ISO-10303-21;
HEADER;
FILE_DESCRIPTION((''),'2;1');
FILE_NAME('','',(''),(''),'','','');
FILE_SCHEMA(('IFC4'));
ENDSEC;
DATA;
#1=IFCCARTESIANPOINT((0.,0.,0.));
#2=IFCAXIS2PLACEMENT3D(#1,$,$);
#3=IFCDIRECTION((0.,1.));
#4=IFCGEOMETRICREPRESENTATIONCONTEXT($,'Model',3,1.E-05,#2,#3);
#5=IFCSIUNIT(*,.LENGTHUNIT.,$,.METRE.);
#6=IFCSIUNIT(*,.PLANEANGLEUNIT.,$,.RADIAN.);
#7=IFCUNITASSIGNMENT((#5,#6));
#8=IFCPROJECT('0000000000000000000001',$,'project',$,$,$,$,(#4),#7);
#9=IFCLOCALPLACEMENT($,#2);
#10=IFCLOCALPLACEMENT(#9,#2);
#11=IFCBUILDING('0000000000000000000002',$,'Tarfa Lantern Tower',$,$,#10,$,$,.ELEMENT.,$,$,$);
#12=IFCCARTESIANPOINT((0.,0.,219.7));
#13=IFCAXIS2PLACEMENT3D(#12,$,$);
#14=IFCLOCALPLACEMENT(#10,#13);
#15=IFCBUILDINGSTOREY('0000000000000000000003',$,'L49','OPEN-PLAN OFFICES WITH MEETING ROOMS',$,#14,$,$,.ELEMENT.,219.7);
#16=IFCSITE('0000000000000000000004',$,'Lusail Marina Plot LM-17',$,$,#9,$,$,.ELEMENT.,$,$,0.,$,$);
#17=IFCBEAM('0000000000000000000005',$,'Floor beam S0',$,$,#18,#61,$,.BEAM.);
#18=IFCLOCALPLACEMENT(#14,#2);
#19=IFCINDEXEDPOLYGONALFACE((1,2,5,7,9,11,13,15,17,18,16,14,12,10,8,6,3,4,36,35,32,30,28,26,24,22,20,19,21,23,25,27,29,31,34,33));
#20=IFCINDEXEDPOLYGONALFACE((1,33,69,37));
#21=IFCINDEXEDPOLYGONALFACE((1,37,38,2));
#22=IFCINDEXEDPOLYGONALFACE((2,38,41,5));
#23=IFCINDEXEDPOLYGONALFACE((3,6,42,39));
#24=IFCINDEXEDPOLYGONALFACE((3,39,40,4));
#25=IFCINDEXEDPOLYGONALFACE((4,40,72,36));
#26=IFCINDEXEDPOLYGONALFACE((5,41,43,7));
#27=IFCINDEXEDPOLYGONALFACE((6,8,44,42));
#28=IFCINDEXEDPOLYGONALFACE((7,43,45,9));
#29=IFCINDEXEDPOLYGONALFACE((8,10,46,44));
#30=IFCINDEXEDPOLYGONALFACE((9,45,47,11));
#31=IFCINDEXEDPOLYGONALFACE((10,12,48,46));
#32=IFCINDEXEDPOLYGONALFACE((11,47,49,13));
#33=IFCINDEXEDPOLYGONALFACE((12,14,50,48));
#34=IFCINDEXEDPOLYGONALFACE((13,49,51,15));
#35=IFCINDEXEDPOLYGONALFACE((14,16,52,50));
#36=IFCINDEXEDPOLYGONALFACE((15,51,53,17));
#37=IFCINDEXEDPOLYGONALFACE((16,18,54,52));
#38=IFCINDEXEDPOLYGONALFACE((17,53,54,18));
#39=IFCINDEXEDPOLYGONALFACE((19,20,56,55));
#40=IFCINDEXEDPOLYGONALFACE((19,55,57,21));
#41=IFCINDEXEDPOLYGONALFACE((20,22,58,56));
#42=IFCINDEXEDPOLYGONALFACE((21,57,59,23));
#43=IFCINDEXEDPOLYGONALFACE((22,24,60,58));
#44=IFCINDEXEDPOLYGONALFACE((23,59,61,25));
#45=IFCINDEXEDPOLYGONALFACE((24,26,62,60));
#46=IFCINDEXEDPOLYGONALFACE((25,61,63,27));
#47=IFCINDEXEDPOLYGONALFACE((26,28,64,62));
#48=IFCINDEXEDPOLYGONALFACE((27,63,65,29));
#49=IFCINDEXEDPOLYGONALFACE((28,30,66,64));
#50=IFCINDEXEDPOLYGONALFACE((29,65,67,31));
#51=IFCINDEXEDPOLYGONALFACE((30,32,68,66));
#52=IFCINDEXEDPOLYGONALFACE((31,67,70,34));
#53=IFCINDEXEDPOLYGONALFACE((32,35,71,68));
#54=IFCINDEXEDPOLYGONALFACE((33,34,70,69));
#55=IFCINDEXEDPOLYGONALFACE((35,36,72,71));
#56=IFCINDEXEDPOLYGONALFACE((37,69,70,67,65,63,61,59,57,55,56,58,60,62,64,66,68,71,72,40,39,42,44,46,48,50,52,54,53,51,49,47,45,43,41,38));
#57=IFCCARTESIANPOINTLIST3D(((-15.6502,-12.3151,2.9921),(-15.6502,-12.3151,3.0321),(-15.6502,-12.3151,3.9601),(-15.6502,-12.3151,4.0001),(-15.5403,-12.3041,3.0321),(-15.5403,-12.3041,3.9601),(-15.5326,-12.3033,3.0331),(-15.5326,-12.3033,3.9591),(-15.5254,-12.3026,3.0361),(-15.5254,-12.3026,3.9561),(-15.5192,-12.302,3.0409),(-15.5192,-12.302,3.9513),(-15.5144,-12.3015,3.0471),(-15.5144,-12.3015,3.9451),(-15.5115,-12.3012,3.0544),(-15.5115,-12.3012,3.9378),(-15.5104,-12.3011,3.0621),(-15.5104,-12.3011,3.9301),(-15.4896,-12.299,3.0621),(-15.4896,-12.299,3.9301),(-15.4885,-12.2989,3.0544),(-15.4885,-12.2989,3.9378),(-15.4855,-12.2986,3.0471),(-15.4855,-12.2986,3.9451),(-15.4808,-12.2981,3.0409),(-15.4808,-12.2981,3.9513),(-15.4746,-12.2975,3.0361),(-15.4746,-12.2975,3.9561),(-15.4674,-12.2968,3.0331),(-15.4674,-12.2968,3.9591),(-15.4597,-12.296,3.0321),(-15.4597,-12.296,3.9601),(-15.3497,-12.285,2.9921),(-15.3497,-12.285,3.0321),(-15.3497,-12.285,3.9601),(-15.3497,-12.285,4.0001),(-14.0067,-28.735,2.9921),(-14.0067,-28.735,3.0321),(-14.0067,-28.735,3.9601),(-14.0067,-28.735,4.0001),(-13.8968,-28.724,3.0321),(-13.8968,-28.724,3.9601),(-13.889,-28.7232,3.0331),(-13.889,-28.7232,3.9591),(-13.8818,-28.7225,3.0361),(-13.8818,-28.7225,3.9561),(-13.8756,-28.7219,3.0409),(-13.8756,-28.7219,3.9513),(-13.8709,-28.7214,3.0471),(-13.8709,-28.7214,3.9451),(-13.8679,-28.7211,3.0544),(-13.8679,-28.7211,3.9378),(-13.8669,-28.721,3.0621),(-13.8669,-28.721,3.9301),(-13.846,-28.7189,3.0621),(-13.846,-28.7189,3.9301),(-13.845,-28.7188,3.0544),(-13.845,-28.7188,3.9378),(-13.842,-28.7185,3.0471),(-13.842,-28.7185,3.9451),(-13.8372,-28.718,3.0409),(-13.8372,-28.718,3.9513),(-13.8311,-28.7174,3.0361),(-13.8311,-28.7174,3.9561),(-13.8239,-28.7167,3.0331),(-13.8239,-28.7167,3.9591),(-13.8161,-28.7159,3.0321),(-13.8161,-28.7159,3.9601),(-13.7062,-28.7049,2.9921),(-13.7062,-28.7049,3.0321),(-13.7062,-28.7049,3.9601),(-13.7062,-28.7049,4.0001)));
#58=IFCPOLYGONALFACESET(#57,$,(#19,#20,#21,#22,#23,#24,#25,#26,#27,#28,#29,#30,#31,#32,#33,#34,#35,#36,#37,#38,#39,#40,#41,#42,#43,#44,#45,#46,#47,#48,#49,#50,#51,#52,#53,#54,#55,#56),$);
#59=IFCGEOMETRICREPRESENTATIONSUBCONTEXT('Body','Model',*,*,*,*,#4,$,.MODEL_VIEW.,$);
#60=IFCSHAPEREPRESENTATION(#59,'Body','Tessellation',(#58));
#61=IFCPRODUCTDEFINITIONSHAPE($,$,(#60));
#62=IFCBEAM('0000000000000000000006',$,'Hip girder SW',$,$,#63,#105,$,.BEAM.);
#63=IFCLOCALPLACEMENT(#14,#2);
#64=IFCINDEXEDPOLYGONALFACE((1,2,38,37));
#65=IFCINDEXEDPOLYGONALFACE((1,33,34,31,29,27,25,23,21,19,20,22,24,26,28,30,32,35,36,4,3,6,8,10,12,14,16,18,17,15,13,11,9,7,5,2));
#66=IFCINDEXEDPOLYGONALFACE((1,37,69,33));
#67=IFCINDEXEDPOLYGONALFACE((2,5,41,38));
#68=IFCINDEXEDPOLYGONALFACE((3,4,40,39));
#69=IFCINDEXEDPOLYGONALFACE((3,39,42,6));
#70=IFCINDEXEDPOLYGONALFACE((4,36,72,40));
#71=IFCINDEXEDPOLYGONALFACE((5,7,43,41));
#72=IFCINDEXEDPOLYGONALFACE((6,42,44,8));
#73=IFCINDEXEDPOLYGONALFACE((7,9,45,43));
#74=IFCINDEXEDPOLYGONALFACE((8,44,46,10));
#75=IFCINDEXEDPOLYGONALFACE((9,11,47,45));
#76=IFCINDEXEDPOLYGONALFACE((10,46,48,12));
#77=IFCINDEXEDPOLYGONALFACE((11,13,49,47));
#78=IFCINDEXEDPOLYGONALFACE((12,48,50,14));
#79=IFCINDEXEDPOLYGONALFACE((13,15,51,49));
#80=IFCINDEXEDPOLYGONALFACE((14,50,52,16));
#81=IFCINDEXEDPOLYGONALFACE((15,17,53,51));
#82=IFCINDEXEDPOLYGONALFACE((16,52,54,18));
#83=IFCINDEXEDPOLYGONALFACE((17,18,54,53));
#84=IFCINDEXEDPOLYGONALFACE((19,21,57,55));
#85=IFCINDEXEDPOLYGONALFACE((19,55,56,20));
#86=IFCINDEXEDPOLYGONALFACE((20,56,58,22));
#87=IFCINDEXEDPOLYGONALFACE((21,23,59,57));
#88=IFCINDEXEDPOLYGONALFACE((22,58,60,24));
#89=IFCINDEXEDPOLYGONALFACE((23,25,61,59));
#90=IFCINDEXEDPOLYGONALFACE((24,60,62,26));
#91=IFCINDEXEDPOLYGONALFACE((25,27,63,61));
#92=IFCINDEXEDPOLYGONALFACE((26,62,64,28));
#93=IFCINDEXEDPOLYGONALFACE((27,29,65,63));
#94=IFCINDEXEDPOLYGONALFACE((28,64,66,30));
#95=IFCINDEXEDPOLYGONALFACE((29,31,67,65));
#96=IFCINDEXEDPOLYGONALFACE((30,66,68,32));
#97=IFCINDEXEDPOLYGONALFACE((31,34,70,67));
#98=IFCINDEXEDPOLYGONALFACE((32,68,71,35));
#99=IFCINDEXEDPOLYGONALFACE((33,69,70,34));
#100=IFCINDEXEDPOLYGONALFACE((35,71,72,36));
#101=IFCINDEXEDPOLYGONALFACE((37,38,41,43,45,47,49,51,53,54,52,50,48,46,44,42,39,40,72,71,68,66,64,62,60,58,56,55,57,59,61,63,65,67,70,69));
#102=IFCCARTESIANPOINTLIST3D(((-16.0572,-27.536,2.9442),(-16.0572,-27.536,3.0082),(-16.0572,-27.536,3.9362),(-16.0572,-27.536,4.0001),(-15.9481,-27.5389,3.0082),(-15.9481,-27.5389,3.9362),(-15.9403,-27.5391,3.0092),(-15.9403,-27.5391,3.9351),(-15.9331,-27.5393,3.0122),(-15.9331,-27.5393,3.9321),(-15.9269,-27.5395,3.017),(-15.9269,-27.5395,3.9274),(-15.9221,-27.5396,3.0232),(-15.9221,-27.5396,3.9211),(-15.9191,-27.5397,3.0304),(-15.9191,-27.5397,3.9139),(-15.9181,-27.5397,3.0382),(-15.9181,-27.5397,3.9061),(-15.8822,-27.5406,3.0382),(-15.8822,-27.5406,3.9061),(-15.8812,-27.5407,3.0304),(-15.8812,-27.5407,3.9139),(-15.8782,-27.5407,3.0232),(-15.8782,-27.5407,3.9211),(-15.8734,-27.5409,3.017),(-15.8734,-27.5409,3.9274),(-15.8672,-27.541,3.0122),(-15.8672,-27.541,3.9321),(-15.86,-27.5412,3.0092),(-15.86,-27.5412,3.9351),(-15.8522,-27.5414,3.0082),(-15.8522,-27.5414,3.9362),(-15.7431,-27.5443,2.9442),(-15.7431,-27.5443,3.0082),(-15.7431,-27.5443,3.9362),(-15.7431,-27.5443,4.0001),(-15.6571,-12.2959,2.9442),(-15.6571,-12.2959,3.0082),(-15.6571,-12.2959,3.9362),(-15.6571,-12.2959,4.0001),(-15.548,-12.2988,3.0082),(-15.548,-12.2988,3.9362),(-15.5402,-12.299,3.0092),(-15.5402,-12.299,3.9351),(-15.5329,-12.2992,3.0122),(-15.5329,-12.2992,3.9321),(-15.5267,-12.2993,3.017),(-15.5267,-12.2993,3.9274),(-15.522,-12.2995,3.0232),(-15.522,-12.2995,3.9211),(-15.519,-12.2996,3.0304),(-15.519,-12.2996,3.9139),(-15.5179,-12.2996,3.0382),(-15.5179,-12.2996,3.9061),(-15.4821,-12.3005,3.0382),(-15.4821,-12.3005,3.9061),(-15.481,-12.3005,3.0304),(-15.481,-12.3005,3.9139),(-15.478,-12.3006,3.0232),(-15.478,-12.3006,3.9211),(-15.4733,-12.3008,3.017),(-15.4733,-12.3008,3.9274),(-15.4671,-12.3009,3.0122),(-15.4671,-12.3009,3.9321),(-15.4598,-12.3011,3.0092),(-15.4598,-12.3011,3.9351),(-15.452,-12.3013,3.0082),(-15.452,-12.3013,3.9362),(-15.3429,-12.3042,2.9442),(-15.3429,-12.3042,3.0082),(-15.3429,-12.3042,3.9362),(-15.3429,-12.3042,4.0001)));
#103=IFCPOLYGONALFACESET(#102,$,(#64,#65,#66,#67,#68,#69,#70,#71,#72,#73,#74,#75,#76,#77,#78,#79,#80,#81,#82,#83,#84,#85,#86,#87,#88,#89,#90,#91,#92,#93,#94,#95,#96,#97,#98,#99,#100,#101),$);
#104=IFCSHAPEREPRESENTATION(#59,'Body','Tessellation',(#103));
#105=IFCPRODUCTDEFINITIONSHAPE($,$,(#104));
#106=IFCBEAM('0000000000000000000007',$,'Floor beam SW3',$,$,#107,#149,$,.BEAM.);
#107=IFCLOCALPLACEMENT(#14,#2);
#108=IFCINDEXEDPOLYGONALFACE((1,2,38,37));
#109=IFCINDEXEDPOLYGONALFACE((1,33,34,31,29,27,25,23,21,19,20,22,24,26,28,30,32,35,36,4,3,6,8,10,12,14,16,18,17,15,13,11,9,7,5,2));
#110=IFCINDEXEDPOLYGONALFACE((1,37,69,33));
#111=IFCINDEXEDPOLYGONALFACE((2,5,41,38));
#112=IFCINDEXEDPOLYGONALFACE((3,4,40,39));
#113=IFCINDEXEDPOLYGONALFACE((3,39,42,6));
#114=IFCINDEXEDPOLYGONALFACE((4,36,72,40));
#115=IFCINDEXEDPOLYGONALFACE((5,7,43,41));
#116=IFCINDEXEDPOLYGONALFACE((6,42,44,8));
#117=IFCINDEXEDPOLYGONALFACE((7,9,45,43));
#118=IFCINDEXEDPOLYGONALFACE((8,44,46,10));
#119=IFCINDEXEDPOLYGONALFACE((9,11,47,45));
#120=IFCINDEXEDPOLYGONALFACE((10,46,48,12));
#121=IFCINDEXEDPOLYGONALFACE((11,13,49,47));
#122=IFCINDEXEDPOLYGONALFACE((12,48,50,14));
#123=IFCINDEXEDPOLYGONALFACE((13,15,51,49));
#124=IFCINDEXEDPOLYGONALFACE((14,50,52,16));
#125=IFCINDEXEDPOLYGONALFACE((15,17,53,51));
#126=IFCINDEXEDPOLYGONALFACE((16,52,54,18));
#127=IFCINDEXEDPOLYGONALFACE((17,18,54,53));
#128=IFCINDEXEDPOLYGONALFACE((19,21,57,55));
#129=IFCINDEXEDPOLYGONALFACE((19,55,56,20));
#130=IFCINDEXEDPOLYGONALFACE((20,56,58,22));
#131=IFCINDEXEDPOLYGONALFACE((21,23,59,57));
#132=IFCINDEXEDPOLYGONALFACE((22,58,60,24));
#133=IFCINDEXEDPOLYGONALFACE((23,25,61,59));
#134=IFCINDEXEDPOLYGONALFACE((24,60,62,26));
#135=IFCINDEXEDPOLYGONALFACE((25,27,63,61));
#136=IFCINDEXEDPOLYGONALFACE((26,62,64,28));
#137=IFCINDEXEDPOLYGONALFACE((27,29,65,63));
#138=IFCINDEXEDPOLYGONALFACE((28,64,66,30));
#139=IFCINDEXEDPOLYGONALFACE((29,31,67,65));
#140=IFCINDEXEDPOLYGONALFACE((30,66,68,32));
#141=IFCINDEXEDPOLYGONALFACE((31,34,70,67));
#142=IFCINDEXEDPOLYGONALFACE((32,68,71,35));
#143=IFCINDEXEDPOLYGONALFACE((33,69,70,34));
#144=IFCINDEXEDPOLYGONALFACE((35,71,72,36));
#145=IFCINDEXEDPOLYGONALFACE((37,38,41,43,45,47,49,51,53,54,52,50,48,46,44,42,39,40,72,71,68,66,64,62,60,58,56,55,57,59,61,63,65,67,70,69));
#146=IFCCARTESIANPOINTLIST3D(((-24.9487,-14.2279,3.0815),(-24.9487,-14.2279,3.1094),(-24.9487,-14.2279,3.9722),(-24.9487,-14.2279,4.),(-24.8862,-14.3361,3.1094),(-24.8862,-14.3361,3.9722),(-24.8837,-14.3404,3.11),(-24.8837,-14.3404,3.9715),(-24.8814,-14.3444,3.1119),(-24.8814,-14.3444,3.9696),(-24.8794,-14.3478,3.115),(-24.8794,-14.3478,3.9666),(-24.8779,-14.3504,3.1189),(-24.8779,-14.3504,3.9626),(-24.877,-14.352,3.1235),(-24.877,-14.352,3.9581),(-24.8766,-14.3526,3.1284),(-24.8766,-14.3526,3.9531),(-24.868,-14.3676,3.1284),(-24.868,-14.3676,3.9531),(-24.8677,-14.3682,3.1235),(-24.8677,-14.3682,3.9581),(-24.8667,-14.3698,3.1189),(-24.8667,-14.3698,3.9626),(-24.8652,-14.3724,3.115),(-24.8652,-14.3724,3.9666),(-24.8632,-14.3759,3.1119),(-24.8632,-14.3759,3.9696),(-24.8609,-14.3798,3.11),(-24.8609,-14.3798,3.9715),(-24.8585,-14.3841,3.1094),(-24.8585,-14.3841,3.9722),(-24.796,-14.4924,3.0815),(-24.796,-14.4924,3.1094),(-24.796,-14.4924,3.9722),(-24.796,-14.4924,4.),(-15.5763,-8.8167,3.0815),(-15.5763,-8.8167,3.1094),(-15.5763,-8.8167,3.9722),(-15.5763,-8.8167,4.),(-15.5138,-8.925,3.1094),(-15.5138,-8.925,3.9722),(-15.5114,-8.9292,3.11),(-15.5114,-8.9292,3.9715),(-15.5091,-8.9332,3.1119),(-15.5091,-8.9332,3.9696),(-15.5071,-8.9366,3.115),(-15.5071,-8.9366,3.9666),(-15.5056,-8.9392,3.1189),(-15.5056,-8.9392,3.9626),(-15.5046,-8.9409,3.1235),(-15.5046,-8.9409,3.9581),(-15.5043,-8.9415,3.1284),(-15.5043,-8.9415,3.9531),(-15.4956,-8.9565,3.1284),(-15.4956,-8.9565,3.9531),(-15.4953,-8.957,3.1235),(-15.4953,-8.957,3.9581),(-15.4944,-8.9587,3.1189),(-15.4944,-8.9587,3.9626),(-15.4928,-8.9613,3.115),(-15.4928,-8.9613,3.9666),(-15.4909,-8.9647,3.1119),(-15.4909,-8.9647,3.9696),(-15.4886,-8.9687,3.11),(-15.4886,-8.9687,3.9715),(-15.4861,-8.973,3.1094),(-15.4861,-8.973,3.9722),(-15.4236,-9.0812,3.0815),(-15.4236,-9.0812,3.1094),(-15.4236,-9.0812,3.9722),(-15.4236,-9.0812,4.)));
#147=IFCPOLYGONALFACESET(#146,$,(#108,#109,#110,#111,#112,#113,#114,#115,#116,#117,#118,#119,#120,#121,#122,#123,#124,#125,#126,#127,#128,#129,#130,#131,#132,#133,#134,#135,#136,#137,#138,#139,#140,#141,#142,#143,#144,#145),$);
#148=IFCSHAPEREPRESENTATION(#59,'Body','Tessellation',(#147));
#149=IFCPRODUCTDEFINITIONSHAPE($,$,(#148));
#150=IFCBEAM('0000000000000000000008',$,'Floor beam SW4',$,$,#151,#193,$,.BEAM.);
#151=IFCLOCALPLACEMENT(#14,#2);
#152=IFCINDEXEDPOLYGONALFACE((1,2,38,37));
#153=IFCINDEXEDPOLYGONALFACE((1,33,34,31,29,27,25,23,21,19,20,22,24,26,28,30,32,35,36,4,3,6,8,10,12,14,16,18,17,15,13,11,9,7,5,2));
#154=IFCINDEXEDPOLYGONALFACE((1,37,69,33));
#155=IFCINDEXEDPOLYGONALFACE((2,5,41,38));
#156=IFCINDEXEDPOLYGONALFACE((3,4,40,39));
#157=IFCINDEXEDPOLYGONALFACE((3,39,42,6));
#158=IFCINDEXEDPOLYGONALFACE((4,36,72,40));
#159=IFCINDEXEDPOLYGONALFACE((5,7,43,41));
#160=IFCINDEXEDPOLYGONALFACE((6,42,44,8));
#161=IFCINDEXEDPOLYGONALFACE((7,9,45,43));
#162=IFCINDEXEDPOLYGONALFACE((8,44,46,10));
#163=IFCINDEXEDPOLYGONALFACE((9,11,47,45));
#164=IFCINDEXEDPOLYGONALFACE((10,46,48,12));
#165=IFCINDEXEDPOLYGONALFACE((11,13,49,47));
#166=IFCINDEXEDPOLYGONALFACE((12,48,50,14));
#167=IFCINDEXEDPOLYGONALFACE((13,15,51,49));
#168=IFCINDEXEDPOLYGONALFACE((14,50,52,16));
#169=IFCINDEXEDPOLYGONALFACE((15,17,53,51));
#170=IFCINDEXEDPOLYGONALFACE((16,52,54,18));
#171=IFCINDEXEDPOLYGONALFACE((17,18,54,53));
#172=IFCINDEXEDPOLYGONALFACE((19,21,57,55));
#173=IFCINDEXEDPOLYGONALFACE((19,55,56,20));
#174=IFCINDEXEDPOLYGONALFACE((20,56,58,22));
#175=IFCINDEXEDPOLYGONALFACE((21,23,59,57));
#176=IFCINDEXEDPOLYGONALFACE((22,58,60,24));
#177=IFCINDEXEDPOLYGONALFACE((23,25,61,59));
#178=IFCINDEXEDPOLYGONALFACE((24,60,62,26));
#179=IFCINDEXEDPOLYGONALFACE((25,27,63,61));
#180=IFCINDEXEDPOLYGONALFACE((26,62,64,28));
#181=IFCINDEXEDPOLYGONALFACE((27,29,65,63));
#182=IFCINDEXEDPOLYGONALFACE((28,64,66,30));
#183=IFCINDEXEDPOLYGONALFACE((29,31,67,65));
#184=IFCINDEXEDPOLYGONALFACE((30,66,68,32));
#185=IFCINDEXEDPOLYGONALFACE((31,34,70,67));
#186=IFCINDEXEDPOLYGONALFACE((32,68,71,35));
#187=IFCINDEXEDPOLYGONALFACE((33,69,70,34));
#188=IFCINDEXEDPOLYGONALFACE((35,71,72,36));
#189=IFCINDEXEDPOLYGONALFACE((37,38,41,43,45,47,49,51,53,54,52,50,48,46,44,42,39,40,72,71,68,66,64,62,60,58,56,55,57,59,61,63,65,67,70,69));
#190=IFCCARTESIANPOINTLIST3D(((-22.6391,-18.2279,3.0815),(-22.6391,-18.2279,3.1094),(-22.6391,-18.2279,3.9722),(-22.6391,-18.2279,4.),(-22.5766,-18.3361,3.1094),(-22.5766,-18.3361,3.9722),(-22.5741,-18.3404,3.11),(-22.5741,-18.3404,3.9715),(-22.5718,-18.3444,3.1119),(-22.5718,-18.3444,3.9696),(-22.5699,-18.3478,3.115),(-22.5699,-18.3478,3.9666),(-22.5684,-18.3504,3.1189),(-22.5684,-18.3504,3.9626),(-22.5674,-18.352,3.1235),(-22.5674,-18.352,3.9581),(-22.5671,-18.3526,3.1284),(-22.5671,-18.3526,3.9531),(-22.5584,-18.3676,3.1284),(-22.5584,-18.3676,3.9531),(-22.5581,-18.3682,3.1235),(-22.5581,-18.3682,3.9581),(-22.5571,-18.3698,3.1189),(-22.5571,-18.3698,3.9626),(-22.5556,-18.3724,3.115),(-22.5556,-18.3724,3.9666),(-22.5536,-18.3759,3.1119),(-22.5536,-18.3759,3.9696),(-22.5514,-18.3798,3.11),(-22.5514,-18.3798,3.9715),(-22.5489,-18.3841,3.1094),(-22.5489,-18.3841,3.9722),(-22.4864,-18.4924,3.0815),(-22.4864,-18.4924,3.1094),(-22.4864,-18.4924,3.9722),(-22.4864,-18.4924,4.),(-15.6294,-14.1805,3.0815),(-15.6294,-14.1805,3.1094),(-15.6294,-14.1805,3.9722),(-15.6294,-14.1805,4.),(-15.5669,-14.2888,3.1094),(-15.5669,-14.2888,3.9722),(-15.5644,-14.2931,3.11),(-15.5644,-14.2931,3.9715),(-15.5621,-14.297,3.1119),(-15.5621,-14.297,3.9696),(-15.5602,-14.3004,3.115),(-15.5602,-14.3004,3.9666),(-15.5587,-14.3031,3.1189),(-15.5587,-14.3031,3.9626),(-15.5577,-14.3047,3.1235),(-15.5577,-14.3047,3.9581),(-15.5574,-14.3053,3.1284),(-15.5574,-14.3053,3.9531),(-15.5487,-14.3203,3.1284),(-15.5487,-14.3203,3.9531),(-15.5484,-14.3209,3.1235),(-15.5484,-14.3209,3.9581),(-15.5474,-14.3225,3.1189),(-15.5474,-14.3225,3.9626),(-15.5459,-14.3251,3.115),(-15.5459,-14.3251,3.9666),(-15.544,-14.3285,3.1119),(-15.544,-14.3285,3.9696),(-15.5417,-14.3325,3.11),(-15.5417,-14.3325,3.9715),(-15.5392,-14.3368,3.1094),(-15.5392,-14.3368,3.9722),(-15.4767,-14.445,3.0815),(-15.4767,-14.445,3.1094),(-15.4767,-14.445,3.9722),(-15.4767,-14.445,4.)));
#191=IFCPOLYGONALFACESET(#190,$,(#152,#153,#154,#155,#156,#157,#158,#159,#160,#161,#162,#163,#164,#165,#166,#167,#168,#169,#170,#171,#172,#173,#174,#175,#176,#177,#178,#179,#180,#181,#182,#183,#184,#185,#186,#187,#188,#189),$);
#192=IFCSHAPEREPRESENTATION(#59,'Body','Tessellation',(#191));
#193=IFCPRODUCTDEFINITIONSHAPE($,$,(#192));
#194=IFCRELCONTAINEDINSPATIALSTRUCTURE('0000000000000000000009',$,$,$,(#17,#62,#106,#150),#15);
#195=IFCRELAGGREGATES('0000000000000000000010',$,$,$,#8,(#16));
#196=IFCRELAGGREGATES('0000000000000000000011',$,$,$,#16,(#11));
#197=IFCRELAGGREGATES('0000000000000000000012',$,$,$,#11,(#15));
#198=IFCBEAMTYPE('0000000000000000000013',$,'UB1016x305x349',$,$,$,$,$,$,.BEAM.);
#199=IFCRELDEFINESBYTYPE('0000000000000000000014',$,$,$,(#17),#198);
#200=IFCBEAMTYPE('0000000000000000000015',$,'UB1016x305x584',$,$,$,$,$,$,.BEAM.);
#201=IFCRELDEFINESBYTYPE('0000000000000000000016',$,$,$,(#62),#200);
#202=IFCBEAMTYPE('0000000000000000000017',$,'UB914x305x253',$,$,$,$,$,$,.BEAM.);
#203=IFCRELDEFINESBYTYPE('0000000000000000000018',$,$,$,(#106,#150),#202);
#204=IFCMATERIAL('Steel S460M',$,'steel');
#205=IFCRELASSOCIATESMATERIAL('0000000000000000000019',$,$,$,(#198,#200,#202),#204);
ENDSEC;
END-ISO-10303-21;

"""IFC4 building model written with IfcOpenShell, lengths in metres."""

from ifc_helpers import new_model, si_unit, direction, frame, origin, origin_2d, place, context, subcontext, project, spatial, i_section, extrude, material, material_profile, profile_set, type_object, element, save


model = new_model("IFC4")

# Units and contexts
model_context = context("Model", 3, precision=1e-05, world=origin(), true_north=direction((0.0, 1.0)))
body_context = subcontext(model_context, "Body", "Model", "MODEL_VIEW")
ifc_project = project(units=[si_unit("LENGTHUNIT", "METRE"), si_unit("PLANEANGLEUNIT", "RADIAN")], contexts=[model_context])

# Site, building, storey
site_placement = place(None, origin())
site = spatial("IfcSite", under=ifc_project, at=site_placement, Name="Lusail Marina Plot LM-17", CompositionType="ELEMENT", RefElevation=0.0)
building_placement = place(site_placement, origin())
building = spatial("IfcBuilding", under=site, at=building_placement, Name="Tarfa Lantern Tower", CompositionType="ELEMENT")
storey_placement = place(building_placement, frame((0.0, 0.0, 219.7)))
storey = spatial("IfcBuildingStorey", under=building, at=storey_placement, Name="L49", Description="OPEN-PLAN OFFICES WITH MEETING ROOMS", CompositionType="ELEMENT", Elevation=219.7)

# Beams
ifc_material_1 = material(Name="Steel S460M", Category="steel")
ifc_material_profile_1 = material_profile(ifc_material_1, i_section(OverallWidth=0.302, OverallDepth=1.0081, WebThickness=0.021, FlangeThickness=0.04, FilletRadius=0.03, at=origin_2d()), Name="UB1016x305x349")
ifc_profile_set_1 = profile_set([ifc_material_profile_1], Name="Steel S460M")
beam_type_1 = type_object("IfcBeamType", Name="UB1016x305x349", PredefinedType="BEAM", material=ifc_profile_set_1)
beam_1_placement = place(storey_placement, frame((-13.8564, -28.72, 3.4961), z_axis=(-0.099597, 0.995028, 0.0), x_axis=(-0.995028, -0.099597, 0.0)))
element("IfcBeam", 1, at=beam_1_placement, inside=storey, type_object=beam_type_1, Name="Floor beam S0", PredefinedType="BEAM", context=body_context, shape_type="SweptSolid", body=[
    extrude(i_section(OverallWidth=0.302, OverallDepth=1.0081, WebThickness=0.021, FlangeThickness=0.04, FilletRadius=0.03, at=origin_2d()), origin(), (0.0, 0.0, 1.0), 16.502),
])
ifc_material_profile_2 = material_profile(ifc_material_1, i_section(OverallWidth=0.3142, OverallDepth=1.0559, WebThickness=0.0359, FlangeThickness=0.064, FilletRadius=0.03, at=origin_2d()), Name="UB1016x305x584")
ifc_profile_set_2 = profile_set([ifc_material_profile_2], Name="Steel S460M")
beam_type_2 = type_object("IfcBeamType", Name="UB1016x305x584", PredefinedType="BEAM", material=ifc_profile_set_2)
beam_2_placement = place(storey_placement, frame((-15.5, -12.3, 3.4722), z_axis=(-0.026247, -0.999655, 0.0), x_axis=(0.999655, -0.026247, 0.0)))
element("IfcBeam", 2, at=beam_2_placement, inside=storey, type_object=beam_type_2, Name="Hip girder SW", PredefinedType="BEAM", context=body_context, shape_type="SweptSolid", body=[
    extrude(i_section(OverallWidth=0.3142, OverallDepth=1.0559, WebThickness=0.0359, FlangeThickness=0.064, FilletRadius=0.03, at=origin_2d()), origin(), (0.0, 0.0, 1.0), 15.2454),
])
ifc_material_profile_3 = material_profile(ifc_material_1, i_section(OverallWidth=0.3054, OverallDepth=0.9185, WebThickness=0.0173, FlangeThickness=0.0278, FilletRadius=0.019, at=origin_2d()), Name="UB914x305x253")
ifc_profile_set_3 = profile_set([ifc_material_profile_3], Name="Steel S460M")
beam_type_3 = type_object("IfcBeamType", Name="UB914x305x253", PredefinedType="BEAM", material=ifc_profile_set_3)
beam_3_placement = place(storey_placement, frame((-24.8723, -14.3601, 3.5408), z_axis=(0.866024, 0.500002, 0.0), x_axis=(-0.500002, 0.866024, 0.0)))
element("IfcBeam", 3, at=beam_3_placement, inside=storey, type_object=beam_type_3, Name="Floor beam SW3", PredefinedType="BEAM", context=body_context, shape_type="SweptSolid", body=[
    extrude(i_section(OverallWidth=0.3054, OverallDepth=0.9185, WebThickness=0.0173, FlangeThickness=0.0278, FilletRadius=0.019, at=origin_2d()), origin(), (0.0, 0.0, 1.0), 10.8223),
])
beam_4_placement = place(storey_placement, frame((-22.5627, -18.3601, 3.5408), z_axis=(0.866011, 0.500025, 0.0), x_axis=(-0.500025, 0.866011, 0.0)))
element("IfcBeam", 4, at=beam_4_placement, inside=storey, type_object=beam_type_3, Name="Floor beam SW4", PredefinedType="BEAM", context=body_context, shape_type="SweptSolid", body=[
    extrude(i_section(OverallWidth=0.3054, OverallDepth=0.9185, WebThickness=0.0173, FlangeThickness=0.0278, FilletRadius=0.019, at=origin_2d()), origin(), (0.0, 0.0, 1.0), 8.0942),
])

save(model, "model.ifc")
